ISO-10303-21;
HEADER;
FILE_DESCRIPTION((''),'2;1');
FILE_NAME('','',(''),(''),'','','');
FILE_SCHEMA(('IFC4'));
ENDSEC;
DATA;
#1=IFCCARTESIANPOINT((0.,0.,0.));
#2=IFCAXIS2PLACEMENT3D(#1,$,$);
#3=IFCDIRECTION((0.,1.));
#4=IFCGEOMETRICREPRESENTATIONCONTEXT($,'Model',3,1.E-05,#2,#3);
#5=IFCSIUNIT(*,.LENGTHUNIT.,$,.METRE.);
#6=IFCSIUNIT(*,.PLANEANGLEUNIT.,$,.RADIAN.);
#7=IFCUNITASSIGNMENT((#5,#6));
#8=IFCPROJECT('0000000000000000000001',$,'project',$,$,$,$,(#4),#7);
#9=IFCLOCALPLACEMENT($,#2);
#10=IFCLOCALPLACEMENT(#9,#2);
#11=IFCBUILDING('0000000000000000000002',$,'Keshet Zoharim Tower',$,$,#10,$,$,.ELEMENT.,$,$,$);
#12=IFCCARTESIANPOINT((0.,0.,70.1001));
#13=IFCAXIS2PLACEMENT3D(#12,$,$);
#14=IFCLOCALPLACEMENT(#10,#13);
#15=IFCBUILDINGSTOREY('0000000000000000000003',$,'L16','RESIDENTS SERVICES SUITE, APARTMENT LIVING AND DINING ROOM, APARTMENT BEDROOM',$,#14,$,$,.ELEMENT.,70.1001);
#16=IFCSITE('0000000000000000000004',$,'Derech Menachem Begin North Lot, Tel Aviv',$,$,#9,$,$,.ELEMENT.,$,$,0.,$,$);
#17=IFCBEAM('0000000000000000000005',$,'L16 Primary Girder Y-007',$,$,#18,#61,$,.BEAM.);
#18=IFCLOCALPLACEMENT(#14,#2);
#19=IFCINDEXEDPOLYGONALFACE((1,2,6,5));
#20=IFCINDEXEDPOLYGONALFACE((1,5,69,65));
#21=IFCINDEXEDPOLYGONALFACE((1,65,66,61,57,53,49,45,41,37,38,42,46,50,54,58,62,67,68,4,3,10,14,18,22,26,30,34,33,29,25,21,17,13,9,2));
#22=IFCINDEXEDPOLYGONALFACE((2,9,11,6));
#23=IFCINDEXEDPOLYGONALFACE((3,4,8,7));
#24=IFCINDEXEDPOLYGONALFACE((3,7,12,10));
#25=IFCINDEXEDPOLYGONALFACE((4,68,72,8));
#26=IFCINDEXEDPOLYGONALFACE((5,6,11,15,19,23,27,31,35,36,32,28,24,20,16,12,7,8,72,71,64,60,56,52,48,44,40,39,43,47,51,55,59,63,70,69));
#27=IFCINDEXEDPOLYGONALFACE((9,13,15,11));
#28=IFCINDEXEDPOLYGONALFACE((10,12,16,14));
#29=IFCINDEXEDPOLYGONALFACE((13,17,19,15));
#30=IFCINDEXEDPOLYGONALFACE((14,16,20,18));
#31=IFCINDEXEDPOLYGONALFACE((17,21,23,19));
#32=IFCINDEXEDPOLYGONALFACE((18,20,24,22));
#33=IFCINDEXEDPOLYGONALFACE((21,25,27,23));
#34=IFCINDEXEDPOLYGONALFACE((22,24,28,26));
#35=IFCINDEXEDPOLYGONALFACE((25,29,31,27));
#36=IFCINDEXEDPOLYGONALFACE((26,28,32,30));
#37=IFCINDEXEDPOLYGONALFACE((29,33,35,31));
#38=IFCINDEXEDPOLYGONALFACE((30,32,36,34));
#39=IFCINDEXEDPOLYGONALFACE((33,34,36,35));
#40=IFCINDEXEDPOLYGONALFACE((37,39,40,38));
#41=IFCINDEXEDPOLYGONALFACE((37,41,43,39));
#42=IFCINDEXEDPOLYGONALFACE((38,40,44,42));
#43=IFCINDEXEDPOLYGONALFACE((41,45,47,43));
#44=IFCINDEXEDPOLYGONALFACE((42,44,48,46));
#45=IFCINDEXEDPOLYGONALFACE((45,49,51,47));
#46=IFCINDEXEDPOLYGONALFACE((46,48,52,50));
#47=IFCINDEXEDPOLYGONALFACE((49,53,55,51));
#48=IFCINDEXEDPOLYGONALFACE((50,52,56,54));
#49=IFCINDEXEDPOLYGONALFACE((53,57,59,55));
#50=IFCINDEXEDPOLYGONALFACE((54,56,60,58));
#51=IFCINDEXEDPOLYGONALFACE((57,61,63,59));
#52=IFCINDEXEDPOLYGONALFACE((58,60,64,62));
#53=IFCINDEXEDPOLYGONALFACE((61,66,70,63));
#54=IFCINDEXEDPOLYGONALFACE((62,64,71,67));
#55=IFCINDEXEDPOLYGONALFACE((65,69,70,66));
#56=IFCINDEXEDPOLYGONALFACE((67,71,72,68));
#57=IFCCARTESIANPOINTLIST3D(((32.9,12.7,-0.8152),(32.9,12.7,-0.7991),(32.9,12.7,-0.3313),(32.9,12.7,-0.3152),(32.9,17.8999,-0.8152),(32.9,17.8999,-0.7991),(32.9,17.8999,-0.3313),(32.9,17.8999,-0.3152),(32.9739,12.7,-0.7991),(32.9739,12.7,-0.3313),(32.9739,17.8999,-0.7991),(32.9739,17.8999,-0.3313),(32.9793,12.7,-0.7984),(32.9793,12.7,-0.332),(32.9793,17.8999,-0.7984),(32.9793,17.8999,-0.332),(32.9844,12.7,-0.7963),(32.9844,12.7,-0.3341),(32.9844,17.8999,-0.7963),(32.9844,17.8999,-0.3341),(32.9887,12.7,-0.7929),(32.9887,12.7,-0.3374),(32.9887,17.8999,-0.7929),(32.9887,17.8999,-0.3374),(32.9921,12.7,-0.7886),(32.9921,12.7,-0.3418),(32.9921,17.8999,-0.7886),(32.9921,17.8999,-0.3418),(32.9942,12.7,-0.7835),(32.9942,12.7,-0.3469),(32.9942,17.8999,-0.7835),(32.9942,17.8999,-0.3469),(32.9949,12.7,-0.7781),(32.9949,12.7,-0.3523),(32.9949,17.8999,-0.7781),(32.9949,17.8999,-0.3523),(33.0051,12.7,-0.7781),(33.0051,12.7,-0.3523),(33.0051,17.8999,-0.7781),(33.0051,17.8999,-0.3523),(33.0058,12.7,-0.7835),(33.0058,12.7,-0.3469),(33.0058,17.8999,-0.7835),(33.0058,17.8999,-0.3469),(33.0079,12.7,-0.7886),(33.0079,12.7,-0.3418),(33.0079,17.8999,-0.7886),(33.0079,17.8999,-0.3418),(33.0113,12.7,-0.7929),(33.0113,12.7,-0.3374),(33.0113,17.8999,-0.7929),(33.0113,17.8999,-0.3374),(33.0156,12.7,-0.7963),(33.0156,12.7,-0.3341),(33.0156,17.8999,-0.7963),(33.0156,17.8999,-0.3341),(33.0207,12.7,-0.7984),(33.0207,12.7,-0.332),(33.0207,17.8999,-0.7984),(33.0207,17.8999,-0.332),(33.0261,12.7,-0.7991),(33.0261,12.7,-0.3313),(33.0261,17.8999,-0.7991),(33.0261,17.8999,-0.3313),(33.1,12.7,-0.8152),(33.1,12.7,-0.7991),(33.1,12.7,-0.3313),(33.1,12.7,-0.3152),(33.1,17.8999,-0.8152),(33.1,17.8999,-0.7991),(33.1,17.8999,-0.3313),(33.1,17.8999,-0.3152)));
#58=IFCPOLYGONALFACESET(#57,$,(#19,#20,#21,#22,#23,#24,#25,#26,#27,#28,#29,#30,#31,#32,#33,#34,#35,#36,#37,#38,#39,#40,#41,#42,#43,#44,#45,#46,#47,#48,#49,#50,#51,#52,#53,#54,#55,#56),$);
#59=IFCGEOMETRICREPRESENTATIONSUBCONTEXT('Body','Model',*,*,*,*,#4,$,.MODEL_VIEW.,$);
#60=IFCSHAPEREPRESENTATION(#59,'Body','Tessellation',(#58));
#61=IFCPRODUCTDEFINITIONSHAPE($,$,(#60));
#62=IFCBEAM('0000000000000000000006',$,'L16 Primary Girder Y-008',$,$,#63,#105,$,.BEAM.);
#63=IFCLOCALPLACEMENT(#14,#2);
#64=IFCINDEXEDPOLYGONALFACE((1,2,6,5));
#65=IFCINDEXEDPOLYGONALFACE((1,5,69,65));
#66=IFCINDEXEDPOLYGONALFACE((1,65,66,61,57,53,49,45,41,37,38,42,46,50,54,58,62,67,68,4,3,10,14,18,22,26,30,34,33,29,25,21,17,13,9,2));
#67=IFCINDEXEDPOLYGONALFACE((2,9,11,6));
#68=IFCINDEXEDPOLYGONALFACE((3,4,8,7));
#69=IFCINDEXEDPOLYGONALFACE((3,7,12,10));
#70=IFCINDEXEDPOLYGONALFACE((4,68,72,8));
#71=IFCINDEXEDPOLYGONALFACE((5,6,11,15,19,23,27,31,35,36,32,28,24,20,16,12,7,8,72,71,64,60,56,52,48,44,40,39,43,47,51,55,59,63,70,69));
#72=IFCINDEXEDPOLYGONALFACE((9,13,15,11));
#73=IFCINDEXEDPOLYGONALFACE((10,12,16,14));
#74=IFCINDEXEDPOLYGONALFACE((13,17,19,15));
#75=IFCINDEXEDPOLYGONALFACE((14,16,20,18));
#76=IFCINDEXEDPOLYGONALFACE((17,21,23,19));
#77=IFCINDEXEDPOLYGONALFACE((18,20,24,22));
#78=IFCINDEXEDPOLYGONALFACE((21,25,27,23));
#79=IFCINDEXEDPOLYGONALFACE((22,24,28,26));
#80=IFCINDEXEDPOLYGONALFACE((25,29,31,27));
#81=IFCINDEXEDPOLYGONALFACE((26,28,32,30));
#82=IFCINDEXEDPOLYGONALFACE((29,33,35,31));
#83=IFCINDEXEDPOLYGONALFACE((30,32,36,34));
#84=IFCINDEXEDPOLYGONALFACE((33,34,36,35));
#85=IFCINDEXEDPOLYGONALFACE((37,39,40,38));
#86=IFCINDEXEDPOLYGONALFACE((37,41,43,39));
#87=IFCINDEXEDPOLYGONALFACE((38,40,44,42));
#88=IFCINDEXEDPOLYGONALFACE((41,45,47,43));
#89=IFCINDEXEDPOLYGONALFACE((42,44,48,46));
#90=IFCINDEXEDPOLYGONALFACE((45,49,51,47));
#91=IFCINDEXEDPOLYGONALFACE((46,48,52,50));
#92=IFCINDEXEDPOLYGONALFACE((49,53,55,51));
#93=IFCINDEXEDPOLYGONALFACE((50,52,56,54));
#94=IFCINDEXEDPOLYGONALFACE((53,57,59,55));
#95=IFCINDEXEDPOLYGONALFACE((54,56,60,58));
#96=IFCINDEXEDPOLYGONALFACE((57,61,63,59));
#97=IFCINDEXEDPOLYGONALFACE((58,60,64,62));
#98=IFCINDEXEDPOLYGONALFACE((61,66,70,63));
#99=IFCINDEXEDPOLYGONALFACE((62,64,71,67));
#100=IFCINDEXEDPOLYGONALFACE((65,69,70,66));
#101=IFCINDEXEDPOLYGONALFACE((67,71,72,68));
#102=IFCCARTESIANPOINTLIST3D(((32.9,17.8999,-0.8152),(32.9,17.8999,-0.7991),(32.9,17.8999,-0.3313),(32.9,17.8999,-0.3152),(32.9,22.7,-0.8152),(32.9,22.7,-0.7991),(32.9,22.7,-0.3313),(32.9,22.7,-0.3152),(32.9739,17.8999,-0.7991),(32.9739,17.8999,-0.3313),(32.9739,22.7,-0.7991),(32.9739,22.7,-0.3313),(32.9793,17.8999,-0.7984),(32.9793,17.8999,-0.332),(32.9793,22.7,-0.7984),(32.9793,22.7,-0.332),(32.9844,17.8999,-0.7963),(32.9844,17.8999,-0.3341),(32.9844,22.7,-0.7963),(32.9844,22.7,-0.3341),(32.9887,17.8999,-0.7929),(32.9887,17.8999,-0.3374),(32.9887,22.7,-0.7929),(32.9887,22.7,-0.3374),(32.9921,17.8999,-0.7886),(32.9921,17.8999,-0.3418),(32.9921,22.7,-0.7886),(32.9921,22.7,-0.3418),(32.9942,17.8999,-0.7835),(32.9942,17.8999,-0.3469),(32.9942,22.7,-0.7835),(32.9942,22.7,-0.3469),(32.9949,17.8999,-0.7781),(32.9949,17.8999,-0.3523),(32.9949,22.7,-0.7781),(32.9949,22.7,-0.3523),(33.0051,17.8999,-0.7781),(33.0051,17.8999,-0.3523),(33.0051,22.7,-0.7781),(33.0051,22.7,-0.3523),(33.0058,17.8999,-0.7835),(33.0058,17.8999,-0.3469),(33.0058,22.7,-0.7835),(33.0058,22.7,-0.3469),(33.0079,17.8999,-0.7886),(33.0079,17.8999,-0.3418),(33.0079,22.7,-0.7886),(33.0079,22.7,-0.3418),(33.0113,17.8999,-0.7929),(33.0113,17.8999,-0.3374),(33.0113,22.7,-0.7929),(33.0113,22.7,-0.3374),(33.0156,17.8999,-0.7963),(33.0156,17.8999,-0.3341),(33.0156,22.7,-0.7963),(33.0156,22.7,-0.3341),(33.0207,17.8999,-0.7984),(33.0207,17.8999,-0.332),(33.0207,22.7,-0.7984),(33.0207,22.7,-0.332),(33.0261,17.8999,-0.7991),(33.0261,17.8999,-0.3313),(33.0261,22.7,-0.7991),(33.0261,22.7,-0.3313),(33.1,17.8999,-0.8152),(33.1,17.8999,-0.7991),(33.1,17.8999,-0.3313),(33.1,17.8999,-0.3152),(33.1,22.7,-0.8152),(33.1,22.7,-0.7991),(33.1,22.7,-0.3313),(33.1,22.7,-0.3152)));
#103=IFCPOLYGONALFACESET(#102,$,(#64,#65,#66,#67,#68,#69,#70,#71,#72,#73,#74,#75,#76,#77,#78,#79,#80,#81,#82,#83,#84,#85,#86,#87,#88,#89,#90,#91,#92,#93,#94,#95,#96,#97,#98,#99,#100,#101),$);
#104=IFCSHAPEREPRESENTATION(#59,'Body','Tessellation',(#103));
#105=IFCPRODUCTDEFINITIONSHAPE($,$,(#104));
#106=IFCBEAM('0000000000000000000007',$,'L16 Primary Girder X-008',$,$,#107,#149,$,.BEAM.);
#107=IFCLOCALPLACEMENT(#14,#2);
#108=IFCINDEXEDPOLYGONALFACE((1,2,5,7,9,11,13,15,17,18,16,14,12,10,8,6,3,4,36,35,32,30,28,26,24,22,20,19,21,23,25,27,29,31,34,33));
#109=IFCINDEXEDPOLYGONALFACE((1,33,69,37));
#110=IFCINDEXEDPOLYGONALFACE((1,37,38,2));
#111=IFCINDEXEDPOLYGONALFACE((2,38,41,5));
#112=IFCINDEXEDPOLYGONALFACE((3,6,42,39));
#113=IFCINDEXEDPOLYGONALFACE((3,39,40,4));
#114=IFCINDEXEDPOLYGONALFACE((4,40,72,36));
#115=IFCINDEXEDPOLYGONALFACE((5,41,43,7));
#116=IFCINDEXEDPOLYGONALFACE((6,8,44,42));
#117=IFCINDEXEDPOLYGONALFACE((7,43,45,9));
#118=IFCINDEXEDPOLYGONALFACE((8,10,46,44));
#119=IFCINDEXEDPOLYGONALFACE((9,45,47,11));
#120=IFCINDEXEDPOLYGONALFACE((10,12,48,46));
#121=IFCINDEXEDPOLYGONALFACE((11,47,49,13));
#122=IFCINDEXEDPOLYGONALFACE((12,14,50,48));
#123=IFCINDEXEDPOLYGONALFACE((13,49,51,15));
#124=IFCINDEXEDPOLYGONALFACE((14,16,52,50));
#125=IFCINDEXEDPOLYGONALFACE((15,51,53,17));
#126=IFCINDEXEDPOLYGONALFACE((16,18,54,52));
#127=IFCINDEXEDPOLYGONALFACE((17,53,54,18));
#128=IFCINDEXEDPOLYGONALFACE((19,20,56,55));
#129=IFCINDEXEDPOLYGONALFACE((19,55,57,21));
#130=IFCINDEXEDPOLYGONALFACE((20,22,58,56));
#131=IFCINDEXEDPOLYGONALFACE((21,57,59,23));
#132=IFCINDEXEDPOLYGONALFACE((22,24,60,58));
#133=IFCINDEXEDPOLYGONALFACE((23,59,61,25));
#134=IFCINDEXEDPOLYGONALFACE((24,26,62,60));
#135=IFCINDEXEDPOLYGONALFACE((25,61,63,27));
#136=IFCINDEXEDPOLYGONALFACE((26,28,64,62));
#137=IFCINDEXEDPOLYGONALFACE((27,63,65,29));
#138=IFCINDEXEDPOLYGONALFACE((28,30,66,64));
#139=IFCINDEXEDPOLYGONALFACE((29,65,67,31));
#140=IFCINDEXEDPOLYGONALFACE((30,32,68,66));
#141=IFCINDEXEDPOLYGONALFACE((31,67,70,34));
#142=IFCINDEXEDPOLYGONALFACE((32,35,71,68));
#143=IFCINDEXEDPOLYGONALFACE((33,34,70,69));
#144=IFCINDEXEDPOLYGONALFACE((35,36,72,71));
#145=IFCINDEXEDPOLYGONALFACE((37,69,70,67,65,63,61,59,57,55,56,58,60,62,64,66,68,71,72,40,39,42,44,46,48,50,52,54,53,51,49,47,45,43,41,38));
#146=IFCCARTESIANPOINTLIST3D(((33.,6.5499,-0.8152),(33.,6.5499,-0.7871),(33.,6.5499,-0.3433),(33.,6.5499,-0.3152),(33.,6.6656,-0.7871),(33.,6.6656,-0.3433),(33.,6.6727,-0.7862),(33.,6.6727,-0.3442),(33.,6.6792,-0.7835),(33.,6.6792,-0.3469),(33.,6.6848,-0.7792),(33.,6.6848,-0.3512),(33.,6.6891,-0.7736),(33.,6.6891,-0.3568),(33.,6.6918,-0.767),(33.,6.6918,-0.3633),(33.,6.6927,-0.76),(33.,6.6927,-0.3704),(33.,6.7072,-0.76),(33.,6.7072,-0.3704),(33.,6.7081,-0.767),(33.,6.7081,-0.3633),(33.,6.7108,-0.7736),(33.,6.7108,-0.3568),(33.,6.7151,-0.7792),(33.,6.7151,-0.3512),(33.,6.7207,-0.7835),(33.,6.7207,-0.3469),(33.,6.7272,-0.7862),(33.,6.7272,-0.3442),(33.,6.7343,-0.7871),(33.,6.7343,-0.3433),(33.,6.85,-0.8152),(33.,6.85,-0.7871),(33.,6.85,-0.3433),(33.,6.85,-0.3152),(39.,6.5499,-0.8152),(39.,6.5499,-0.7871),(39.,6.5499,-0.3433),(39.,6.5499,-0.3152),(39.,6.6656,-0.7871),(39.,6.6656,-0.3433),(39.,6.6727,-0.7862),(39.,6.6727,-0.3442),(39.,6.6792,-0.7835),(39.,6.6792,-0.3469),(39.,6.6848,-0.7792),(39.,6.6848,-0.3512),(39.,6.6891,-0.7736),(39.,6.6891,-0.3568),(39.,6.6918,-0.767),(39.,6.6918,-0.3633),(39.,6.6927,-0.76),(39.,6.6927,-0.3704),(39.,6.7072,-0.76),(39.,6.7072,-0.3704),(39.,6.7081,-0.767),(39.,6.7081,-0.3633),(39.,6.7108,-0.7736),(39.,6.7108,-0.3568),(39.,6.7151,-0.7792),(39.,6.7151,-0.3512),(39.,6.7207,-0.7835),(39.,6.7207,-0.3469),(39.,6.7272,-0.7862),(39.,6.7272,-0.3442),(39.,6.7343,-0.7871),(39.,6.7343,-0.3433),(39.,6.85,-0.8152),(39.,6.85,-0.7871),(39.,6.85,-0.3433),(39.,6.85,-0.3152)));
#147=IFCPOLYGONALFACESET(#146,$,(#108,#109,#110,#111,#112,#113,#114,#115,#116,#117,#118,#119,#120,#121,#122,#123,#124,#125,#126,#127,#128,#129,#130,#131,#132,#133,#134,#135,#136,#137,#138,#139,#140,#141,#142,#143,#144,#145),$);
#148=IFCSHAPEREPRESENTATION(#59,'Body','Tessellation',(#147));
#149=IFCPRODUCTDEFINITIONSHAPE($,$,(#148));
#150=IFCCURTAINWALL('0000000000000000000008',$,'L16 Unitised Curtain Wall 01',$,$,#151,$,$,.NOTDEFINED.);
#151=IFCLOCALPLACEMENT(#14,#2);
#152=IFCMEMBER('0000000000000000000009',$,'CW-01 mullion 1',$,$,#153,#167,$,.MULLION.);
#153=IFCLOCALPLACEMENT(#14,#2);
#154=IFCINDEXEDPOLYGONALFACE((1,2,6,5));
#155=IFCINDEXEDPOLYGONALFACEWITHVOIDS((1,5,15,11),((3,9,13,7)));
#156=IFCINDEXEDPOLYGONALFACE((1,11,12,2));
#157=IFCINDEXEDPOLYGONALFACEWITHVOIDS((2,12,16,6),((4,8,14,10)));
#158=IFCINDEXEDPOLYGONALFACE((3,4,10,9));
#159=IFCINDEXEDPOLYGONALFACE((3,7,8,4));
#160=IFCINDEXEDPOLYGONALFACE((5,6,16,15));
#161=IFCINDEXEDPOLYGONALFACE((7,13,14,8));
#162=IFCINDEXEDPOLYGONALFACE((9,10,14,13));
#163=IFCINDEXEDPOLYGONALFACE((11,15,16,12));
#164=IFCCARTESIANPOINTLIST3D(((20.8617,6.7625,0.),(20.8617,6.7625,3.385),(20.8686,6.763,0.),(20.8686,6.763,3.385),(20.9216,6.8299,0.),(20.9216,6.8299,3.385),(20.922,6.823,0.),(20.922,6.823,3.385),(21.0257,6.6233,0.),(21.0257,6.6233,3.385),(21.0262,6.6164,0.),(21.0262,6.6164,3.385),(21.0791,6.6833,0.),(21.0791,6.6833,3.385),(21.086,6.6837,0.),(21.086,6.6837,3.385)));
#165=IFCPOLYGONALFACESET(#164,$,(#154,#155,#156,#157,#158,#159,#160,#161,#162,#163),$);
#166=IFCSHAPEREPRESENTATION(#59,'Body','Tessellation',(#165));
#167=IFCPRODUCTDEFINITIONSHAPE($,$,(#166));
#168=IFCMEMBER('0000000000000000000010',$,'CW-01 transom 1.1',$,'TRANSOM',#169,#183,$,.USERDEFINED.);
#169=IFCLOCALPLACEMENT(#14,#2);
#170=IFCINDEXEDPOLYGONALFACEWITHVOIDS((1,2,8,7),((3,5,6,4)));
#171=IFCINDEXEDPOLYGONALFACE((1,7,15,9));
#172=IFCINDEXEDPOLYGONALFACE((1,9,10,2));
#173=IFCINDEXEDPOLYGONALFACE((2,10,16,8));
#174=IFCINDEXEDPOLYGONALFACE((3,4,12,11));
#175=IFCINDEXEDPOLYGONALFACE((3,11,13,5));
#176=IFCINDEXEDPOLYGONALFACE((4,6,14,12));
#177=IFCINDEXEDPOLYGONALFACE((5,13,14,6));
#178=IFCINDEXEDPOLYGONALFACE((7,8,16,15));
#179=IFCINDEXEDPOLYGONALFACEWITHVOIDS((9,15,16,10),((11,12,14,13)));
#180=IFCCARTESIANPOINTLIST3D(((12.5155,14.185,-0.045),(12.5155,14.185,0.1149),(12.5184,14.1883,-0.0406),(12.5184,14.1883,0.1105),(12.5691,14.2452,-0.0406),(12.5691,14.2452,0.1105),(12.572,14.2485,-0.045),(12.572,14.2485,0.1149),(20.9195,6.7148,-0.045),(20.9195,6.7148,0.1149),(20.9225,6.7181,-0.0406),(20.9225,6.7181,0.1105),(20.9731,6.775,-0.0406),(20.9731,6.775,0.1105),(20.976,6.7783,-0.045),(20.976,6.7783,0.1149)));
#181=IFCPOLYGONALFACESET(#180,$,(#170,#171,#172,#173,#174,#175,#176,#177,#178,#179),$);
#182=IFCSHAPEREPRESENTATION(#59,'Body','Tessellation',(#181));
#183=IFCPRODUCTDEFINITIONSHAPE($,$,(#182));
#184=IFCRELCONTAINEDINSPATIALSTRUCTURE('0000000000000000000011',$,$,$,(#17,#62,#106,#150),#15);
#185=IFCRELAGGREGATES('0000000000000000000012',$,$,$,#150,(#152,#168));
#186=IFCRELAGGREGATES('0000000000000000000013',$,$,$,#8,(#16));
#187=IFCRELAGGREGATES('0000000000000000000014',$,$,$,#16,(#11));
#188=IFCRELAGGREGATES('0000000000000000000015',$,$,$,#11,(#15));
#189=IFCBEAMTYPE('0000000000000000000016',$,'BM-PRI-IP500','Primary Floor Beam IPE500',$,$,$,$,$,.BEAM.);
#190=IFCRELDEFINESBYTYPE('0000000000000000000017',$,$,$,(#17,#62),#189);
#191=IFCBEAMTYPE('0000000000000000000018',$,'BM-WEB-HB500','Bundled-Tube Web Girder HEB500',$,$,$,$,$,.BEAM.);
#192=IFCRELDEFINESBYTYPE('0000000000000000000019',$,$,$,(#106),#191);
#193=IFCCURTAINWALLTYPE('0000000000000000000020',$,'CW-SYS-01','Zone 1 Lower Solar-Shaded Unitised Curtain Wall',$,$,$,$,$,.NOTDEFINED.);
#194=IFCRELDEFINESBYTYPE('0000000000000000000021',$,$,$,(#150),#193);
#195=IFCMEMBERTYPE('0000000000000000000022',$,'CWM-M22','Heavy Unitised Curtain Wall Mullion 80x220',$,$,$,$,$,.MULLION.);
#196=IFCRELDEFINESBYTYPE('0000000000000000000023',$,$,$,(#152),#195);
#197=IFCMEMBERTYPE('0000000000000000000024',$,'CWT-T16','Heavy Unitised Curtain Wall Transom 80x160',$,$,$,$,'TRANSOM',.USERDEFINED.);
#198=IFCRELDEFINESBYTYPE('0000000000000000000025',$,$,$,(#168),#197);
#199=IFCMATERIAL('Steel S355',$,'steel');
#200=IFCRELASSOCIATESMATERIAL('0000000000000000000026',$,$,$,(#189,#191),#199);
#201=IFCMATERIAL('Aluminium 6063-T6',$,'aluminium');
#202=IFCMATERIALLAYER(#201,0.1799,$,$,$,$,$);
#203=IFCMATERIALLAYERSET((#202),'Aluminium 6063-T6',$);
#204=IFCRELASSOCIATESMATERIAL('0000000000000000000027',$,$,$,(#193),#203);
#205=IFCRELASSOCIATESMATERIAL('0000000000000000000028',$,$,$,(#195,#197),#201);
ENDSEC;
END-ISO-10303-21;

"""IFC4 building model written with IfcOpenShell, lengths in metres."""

from ifc_helpers import new_model, si_unit, direction, frame, origin, origin_2d, place, context, subcontext, project, spatial, hollow_rectangle, i_section, extrude, material, layer, layer_set, material_profile, profile_set, type_object, element, aggregate, save


model = new_model("IFC4")

# Units and contexts
model_context = context("Model", 3, precision=1e-05, world=origin(), true_north=direction((0.0, 1.0)))
body_context = subcontext(model_context, "Body", "Model", "MODEL_VIEW")
ifc_project = project(units=[si_unit("LENGTHUNIT", "METRE"), si_unit("PLANEANGLEUNIT", "RADIAN")], contexts=[model_context])

# Site, building, storey
site_placement = place(None, origin())
site = spatial("IfcSite", under=ifc_project, at=site_placement, Name="Derech Menachem Begin North Lot, Tel Aviv", CompositionType="ELEMENT", RefElevation=0.0)
building_placement = place(site_placement, origin())
building = spatial("IfcBuilding", under=site, at=building_placement, Name="Keshet Zoharim Tower", CompositionType="ELEMENT")
storey_placement = place(building_placement, frame((0.0, 0.0, 70.1001)))
storey = spatial("IfcBuildingStorey", under=building, at=storey_placement, Name="L16", Description="RESIDENTS SERVICES SUITE, APARTMENT LIVING AND DINING ROOM, APARTMENT BEDROOM", CompositionType="ELEMENT", Elevation=70.1001)

# Beams
ifc_material_1 = material(Name="Steel S355", Category="steel")
ifc_material_profile_1 = material_profile(ifc_material_1, i_section(OverallWidth=0.2, OverallDepth=0.5, WebThickness=0.0103, FlangeThickness=0.0161, FilletRadius=0.021, at=origin_2d()), Name="IPE500")
ifc_profile_set_1 = profile_set([ifc_material_profile_1], Name="Steel S355")
beam_type_1 = type_object("IfcBeamType", Name="BM-PRI-IP500", Description="Primary Floor Beam IPE500", PredefinedType="BEAM", material=ifc_profile_set_1)
beam_1_placement = place(storey_placement, frame((33.0, 12.7, -0.5652), z_axis=(0.0, 1.0, 0.0), x_axis=(-1.0, 0.0, 0.0)))
element("IfcBeam", 1, at=beam_1_placement, inside=storey, type_object=beam_type_1, Name="L16 Primary Girder Y-007", PredefinedType="BEAM", context=body_context, shape_type="SweptSolid", body=[
    extrude(i_section(OverallWidth=0.2, OverallDepth=0.5, WebThickness=0.0103, FlangeThickness=0.0161, FilletRadius=0.021, at=origin_2d()), origin(), (0.0, 0.0, 1.0), 5.2),
])
beam_2_placement = place(storey_placement, frame((33.0, 17.8999, -0.5652), z_axis=(0.0, 1.0, 0.0), x_axis=(-1.0, 0.0, 0.0)))
element("IfcBeam", 2, at=beam_2_placement, inside=storey, type_object=beam_type_1, Name="L16 Primary Girder Y-008", PredefinedType="BEAM", context=body_context, shape_type="SweptSolid", body=[
    extrude(i_section(OverallWidth=0.2, OverallDepth=0.5, WebThickness=0.0103, FlangeThickness=0.0161, FilletRadius=0.021, at=origin_2d()), origin(), (0.0, 0.0, 1.0), 4.8),
])
ifc_material_profile_2 = material_profile(ifc_material_1, i_section(OverallWidth=0.3, OverallDepth=0.5, WebThickness=0.0144, FlangeThickness=0.0281, FilletRadius=0.0271, at=origin_2d()), Name="HEB500")
ifc_profile_set_2 = profile_set([ifc_material_profile_2], Name="Steel S355")
beam_type_2 = type_object("IfcBeamType", Name="BM-WEB-HB500", Description="Bundled-Tube Web Girder HEB500", PredefinedType="BEAM", material=ifc_profile_set_2)
beam_3_placement = place(storey_placement, frame((33.0, 6.7, -0.5652), z_axis=(1.0, 0.0, 0.0), x_axis=(0.0, 1.0, 0.0)))
element("IfcBeam", 3, at=beam_3_placement, inside=storey, type_object=beam_type_2, Name="L16 Primary Girder X-008", PredefinedType="BEAM", context=body_context, shape_type="SweptSolid", body=[
    extrude(i_section(OverallWidth=0.3, OverallDepth=0.5, WebThickness=0.0144, FlangeThickness=0.0281, FilletRadius=0.0271, at=origin_2d()), origin(), (0.0, 0.0, 1.0), 6.0),
])

# Curtain wall, members
ifc_material_2 = material(Name="Aluminium 6063-T6", Category="aluminium")
ifc_layer_1 = layer(ifc_material_2, 0.1799)
ifc_layer_set_1 = layer_set([ifc_layer_1], Name="Aluminium 6063-T6")
curtain_wall_type = type_object("IfcCurtainWallType", Name="CW-SYS-01", Description="Zone 1 Lower Solar-Shaded Unitised Curtain Wall", PredefinedType="NOTDEFINED", material=ifc_layer_set_1)
curtain_wall_placement = place(storey_placement, origin())
curtain_wall = element("IfcCurtainWall", 4, at=curtain_wall_placement, inside=storey, type_object=curtain_wall_type, Name="L16 Unitised Curtain Wall 01", PredefinedType="NOTDEFINED")
ifc_material_profile_3 = material_profile(ifc_material_2, hollow_rectangle(XDim=0.0901, YDim=0.22, WallThickness=0.0049, at=origin_2d()), Name="MUL-90x220")
ifc_profile_set_3 = profile_set([ifc_material_profile_3], Name="Aluminium 6063-T6")
member_type_1 = type_object("IfcMemberType", Name="CWM-M22", Description="Heavy Unitised Curtain Wall Mullion 80x220", PredefinedType="MULLION", material=ifc_profile_set_3)
member_1_placement = place(storey_placement, frame((20.9739, 6.7231, 0.0), z_axis=(0.0, 0.0, 1.0), x_axis=(-0.664364, -0.747409, 0.0)))
member_1 = element("IfcMember", 5, at=member_1_placement, type_object=member_type_1, Name="CW-01 mullion 1", PredefinedType="MULLION", context=body_context, shape_type="SweptSolid", body=[
    extrude(hollow_rectangle(XDim=0.0901, YDim=0.22, WallThickness=0.0049, at=origin_2d()), origin(), (0.0, 0.0, 1.0), 3.385),
])
ifc_material_profile_4 = material_profile(ifc_material_2, hollow_rectangle(XDim=0.085, YDim=0.1599, WallThickness=0.0044, at=origin_2d()), Name="TRN-85x160")
ifc_profile_set_4 = profile_set([ifc_material_profile_4], Name="Aluminium 6063-T6")
member_type_2 = type_object("IfcMemberType", Name="CWT-T16", Description="Heavy Unitised Curtain Wall Transom 80x160", ElementType="TRANSOM", PredefinedType="USERDEFINED", material=ifc_profile_set_4)
member_2_placement = place(storey_placement, frame((20.9478, 6.7466, 0.0349), z_axis=(-0.747412, 0.664361, 0.0), x_axis=(-0.664361, -0.747412, 0.0)))
member_2 = element("IfcMember", 6, at=member_2_placement, type_object=member_type_2, Name="CW-01 transom 1.1", ObjectType="TRANSOM", PredefinedType="USERDEFINED", context=body_context, shape_type="SweptSolid", body=[
    extrude(hollow_rectangle(XDim=0.085, YDim=0.1599, WallThickness=0.0044, at=origin_2d()), origin(), (0.0, 0.0, 1.0), 11.2441),
])
aggregate(curtain_wall, [member_1, member_2])

save(model, "model.ifc")
